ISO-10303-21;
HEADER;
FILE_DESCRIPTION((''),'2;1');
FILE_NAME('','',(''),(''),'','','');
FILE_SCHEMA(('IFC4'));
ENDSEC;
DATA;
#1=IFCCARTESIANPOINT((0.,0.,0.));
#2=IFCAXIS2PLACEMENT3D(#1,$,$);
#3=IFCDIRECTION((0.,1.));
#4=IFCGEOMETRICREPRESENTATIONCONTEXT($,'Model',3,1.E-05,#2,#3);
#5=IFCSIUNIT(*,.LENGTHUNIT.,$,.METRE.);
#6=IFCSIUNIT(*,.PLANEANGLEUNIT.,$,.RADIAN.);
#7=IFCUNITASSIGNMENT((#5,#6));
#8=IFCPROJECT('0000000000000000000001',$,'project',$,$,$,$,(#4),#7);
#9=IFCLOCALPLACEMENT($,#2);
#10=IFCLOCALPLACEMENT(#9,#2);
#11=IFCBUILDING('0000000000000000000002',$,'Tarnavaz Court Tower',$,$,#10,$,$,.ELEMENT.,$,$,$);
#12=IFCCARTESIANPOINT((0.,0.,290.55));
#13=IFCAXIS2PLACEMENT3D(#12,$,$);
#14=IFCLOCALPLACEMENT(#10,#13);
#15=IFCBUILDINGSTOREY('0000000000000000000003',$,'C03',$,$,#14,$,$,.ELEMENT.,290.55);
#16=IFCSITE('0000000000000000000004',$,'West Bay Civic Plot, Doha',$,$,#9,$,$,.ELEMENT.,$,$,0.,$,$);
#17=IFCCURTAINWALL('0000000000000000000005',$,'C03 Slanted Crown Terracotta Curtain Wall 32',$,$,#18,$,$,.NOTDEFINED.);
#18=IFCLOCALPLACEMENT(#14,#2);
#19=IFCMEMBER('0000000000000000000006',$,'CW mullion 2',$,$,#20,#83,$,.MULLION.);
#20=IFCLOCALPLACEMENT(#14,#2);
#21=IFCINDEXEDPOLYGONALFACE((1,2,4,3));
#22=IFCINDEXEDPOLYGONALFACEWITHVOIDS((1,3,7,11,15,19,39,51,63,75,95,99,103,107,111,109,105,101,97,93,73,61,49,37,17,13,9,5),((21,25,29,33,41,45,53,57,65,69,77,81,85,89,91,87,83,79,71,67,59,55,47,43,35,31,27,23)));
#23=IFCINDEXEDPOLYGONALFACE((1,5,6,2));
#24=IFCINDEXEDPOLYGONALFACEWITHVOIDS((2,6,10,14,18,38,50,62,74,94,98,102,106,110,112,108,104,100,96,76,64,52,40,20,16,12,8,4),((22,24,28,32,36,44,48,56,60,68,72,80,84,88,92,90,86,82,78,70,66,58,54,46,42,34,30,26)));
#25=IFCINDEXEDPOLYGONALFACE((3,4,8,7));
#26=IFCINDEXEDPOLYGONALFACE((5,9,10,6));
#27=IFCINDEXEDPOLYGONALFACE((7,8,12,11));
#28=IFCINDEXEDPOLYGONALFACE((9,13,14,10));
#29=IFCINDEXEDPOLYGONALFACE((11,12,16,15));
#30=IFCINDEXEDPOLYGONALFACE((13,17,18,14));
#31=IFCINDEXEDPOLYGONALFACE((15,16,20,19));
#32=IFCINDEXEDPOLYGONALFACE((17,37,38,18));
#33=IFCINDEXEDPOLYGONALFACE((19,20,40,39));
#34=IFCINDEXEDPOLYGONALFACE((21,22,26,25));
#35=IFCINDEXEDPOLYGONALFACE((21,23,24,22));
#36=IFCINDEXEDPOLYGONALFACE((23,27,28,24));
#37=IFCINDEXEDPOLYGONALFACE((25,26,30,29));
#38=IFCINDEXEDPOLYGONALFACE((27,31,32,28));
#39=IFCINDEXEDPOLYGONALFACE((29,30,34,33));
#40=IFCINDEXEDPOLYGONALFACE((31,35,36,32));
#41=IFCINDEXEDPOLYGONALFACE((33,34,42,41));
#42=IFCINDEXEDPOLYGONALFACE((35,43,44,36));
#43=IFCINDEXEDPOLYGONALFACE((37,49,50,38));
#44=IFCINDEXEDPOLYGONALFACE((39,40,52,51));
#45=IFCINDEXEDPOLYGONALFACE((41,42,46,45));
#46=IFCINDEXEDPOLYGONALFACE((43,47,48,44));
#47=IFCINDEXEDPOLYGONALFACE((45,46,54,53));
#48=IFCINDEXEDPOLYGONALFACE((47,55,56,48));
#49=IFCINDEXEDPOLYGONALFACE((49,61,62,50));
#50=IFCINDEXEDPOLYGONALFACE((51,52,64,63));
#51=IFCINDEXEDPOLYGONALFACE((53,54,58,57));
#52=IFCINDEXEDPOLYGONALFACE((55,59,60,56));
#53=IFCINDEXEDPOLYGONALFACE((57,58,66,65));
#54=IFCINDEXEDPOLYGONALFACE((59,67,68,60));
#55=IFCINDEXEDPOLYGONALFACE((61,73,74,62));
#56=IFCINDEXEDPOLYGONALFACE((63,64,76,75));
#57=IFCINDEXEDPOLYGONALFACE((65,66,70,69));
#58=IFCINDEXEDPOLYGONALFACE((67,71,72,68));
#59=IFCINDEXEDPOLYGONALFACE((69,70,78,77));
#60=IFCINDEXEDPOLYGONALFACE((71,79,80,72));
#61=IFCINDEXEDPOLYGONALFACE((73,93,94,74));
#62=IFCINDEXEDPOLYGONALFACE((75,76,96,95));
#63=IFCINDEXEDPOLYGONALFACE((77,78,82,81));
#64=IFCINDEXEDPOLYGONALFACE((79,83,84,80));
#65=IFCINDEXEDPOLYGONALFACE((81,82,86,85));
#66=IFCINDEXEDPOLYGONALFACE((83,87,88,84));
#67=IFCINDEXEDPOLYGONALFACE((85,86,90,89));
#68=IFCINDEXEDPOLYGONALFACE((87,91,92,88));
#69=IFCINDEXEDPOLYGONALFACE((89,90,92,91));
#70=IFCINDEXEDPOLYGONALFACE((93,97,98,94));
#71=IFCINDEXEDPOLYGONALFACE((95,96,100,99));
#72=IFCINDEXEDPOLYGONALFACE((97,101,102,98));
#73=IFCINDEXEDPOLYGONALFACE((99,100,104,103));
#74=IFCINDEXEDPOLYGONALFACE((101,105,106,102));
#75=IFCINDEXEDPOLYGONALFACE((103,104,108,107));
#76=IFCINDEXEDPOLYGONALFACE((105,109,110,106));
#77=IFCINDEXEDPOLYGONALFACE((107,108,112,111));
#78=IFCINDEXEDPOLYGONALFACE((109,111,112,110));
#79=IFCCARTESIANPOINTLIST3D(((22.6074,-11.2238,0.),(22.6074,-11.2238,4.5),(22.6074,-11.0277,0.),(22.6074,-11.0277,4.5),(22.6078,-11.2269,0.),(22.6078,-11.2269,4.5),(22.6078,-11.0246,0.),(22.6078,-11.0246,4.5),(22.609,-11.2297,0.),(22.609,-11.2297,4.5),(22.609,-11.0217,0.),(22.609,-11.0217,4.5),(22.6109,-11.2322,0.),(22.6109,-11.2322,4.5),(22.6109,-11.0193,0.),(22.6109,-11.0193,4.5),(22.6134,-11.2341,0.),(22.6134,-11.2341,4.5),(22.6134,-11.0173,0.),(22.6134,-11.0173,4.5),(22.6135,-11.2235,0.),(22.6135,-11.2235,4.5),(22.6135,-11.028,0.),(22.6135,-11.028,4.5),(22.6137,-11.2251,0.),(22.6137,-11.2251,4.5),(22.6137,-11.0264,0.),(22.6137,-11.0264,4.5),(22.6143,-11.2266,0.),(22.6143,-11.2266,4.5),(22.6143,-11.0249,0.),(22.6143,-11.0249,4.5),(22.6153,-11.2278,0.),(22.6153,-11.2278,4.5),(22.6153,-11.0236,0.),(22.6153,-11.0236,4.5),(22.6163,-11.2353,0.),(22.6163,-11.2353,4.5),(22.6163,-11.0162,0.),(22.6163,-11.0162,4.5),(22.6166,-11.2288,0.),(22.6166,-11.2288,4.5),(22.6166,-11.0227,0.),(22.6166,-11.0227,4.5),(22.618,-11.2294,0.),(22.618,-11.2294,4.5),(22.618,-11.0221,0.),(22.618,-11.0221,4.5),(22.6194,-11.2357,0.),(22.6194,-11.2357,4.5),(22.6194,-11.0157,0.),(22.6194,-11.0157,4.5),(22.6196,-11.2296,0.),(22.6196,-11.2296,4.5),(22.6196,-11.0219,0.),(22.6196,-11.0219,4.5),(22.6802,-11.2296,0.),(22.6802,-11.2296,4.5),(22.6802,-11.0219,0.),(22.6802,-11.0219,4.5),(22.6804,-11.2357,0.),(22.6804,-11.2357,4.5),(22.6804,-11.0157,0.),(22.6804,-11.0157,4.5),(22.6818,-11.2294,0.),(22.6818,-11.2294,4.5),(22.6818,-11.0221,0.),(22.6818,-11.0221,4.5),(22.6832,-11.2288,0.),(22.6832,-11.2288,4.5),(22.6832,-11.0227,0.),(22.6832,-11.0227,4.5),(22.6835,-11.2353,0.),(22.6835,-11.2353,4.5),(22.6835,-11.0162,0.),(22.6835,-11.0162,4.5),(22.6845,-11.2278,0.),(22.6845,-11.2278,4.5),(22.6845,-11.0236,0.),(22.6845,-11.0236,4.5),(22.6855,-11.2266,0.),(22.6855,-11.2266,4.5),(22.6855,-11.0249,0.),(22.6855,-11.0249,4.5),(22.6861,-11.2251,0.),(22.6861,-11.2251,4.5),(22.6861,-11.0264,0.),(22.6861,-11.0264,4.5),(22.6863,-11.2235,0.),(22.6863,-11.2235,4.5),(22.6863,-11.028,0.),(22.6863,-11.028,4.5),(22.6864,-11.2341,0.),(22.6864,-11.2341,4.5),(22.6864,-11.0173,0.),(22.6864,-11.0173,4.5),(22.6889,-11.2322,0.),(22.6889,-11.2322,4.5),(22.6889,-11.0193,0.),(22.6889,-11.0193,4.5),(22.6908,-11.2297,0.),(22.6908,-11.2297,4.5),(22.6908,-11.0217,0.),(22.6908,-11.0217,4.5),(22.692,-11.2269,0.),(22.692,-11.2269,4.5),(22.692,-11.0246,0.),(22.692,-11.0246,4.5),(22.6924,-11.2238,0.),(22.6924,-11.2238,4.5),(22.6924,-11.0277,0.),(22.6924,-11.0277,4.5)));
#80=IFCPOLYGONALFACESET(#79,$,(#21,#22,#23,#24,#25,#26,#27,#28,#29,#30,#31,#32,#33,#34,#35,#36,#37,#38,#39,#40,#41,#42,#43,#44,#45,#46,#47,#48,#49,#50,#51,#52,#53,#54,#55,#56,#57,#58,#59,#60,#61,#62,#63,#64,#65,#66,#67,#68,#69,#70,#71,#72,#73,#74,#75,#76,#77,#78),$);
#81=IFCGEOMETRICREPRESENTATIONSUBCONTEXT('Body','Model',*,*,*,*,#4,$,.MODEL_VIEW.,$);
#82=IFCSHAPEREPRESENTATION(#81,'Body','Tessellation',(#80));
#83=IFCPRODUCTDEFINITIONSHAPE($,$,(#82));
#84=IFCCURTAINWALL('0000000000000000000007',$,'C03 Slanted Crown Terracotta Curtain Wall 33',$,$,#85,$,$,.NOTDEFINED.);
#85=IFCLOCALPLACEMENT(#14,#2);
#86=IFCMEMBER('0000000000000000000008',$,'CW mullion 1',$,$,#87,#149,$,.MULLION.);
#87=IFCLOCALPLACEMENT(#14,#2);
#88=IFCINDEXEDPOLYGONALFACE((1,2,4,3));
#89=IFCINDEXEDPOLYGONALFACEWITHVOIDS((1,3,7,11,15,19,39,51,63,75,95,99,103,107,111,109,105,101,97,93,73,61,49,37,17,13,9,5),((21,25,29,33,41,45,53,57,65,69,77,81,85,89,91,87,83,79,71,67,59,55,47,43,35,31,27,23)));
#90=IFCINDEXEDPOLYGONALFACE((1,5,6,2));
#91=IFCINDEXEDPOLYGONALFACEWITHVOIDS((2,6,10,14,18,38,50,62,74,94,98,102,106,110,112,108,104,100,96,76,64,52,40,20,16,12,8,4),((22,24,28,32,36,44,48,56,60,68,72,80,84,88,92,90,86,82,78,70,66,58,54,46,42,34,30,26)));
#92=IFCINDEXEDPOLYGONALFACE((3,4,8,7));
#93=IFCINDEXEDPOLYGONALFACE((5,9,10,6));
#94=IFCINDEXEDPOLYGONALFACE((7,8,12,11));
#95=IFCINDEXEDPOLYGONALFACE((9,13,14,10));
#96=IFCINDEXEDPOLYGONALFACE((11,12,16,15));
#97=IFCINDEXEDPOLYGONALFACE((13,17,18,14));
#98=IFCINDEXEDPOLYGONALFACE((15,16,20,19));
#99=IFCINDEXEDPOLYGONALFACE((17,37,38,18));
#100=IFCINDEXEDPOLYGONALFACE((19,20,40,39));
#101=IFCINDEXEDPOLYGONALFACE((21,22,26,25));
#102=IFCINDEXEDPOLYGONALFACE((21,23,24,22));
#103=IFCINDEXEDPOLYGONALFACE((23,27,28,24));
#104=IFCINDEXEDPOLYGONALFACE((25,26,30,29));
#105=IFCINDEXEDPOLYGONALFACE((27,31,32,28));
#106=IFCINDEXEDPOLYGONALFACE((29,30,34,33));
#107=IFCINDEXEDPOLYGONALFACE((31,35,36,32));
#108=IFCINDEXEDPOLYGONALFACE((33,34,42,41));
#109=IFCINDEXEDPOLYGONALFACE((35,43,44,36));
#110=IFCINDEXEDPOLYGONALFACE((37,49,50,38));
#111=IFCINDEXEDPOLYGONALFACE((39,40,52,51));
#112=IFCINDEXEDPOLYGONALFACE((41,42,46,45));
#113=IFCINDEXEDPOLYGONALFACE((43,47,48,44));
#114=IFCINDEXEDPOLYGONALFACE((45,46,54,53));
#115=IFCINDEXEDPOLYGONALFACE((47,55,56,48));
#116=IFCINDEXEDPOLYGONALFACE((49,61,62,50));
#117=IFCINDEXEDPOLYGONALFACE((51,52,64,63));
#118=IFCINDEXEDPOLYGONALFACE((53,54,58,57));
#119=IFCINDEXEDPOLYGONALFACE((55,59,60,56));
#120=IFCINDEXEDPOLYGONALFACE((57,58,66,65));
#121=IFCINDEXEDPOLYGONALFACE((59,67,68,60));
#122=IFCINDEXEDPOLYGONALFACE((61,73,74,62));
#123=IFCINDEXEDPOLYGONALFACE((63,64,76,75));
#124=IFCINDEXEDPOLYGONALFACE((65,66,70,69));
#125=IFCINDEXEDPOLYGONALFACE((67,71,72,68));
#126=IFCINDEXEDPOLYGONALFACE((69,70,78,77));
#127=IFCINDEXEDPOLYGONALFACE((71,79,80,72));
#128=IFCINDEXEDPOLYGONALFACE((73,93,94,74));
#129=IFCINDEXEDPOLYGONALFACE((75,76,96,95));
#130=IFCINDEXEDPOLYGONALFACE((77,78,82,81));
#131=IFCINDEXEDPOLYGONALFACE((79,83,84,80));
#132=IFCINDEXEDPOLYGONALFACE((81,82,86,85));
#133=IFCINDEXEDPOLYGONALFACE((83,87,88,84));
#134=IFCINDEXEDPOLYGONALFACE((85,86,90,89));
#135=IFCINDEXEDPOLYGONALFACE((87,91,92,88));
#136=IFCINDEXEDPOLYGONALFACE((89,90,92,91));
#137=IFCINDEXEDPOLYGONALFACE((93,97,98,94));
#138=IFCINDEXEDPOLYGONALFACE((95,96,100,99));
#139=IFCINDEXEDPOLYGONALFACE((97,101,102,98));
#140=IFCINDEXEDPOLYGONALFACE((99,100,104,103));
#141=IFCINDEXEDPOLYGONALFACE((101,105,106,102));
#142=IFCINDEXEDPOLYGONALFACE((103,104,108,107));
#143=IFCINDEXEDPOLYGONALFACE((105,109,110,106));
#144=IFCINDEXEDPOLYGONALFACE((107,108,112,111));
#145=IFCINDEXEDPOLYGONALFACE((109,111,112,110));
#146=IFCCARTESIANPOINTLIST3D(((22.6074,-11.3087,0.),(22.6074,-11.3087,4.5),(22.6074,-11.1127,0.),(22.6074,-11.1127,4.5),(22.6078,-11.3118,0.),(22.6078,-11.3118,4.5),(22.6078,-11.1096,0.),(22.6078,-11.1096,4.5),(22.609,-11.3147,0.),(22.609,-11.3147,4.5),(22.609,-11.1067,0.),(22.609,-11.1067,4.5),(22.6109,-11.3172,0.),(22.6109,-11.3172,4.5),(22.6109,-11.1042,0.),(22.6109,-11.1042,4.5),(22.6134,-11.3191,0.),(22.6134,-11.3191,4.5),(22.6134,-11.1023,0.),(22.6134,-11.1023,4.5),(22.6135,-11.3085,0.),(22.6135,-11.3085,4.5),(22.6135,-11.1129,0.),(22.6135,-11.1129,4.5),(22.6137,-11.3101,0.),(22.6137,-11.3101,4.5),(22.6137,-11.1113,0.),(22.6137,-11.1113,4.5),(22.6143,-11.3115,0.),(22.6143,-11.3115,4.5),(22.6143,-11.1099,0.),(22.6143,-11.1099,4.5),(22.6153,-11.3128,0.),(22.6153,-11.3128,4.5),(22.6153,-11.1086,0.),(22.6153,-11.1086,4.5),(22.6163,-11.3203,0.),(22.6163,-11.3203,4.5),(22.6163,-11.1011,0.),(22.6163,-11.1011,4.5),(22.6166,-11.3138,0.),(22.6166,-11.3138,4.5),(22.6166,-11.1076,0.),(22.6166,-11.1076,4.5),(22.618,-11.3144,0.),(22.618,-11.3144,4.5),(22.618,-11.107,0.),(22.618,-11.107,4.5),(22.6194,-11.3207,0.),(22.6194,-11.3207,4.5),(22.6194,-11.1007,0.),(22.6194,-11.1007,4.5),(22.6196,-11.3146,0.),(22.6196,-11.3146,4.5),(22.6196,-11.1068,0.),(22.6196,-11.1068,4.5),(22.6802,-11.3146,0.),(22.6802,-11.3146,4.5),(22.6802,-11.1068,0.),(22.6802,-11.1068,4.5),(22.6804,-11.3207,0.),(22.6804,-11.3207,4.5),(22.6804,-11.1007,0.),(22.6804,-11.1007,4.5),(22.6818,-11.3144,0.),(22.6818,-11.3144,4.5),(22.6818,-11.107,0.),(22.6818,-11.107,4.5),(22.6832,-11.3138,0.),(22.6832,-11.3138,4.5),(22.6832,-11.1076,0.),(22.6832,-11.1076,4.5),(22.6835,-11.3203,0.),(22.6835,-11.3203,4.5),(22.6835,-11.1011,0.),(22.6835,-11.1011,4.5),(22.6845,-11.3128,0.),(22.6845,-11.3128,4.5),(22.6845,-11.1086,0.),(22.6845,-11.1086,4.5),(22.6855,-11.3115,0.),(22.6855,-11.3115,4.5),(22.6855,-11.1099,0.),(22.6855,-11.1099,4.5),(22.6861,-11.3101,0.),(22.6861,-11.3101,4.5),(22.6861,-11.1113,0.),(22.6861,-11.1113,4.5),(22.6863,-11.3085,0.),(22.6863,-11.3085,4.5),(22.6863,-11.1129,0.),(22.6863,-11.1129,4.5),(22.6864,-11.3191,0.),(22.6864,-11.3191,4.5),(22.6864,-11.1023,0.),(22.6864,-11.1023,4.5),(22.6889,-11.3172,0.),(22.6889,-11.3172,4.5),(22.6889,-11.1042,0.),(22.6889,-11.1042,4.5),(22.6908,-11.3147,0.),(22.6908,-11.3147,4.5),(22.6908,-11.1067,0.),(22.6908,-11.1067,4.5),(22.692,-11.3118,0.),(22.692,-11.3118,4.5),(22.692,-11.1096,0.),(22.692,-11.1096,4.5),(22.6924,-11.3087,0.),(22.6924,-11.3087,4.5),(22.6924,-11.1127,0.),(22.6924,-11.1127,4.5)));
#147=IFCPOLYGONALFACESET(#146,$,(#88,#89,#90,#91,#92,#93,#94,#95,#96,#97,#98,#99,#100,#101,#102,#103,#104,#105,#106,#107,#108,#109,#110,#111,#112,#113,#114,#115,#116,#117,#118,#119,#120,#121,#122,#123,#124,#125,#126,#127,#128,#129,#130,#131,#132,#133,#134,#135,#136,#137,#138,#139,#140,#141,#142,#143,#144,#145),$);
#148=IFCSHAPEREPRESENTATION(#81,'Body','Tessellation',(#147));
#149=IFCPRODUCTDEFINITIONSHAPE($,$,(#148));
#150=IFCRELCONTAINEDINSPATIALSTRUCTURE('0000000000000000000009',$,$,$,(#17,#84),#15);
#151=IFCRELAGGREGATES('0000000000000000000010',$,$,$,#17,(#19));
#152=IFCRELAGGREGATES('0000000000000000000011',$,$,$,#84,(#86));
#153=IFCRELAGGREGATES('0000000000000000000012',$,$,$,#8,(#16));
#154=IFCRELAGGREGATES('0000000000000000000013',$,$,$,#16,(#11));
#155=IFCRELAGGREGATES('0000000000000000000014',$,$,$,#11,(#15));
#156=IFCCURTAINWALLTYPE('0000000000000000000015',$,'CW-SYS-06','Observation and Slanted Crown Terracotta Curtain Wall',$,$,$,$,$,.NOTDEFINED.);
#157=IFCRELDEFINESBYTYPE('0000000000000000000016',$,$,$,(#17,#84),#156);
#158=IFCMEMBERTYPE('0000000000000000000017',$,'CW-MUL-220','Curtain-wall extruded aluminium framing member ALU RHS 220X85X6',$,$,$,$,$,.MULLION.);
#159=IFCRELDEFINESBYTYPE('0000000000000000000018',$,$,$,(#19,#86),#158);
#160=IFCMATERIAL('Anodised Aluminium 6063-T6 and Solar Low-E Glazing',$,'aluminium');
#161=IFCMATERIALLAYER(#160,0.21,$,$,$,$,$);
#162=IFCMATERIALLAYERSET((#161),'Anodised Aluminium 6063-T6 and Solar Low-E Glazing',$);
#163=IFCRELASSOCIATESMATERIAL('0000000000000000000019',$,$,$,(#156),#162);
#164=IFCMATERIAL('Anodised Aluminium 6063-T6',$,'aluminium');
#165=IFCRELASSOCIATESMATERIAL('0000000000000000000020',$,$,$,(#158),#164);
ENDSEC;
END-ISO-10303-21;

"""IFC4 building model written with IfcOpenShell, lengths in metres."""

from ifc_helpers import new_model, si_unit, direction, frame, origin, origin_2d, place, context, subcontext, project, spatial, hollow_rectangle, extrude, material, layer, layer_set, material_profile, profile_set, type_object, element, aggregate, save


model = new_model("IFC4")

# Units and contexts
model_context = context("Model", 3, precision=1e-05, world=origin(), true_north=direction((0.0, 1.0)))
body_context = subcontext(model_context, "Body", "Model", "MODEL_VIEW")
ifc_project = project(units=[si_unit("LENGTHUNIT", "METRE"), si_unit("PLANEANGLEUNIT", "RADIAN")], contexts=[model_context])

# Site, building, storey
site_placement = place(None, origin())
site = spatial("IfcSite", under=ifc_project, at=site_placement, Name="West Bay Civic Plot, Doha", CompositionType="ELEMENT", RefElevation=0.0)
building_placement = place(site_placement, origin())
building = spatial("IfcBuilding", under=site, at=building_placement, Name="Tarnavaz Court Tower", CompositionType="ELEMENT")
storey_placement = place(building_placement, frame((0.0, 0.0, 290.55)))
storey = spatial("IfcBuildingStorey", under=building, at=storey_placement, Name="C03", CompositionType="ELEMENT", Elevation=290.55)

# Shared definitions
ifc_material_1 = material(Name="Anodised Aluminium 6063-T6 and Solar Low-E Glazing", Category="aluminium")
ifc_layer_1 = layer(ifc_material_1, 0.21)
ifc_layer_set_1 = layer_set([ifc_layer_1], Name="Anodised Aluminium 6063-T6 and Solar Low-E Glazing")
curtain_wall_type = type_object("IfcCurtainWallType", Name="CW-SYS-06", Description="Observation and Slanted Crown Terracotta Curtain Wall", PredefinedType="NOTDEFINED", material=ifc_layer_set_1)
ifc_material_2 = material(Name="Anodised Aluminium 6063-T6", Category="aluminium")
ifc_material_profile_1 = material_profile(ifc_material_2, hollow_rectangle(XDim=0.085, YDim=0.22, WallThickness=0.0061, InnerFilletRadius=0.0061, OuterFilletRadius=0.012, at=origin_2d()), Name="ALU RHS 220X85X6")
ifc_profile_set_1 = profile_set([ifc_material_profile_1], Name="Anodised Aluminium 6063-T6")
member_type_1 = type_object("IfcMemberType", Name="CW-MUL-220", Description="Curtain-wall extruded aluminium framing member ALU RHS 220X85X6", PredefinedType="MULLION", material=ifc_profile_set_1)

# Curtain walls, members
curtain_wall_1_placement = place(storey_placement, origin())
curtain_wall_1 = element("IfcCurtainWall", 1, at=curtain_wall_1_placement, inside=storey, type_object=curtain_wall_type, Name="C03 Slanted Crown Terracotta Curtain Wall 32", PredefinedType="NOTDEFINED")
member_1_placement = place(storey_placement, frame((22.6499, -11.1257, 0.0), z_axis=(0.0, 0.0, 1.0), x_axis=(1.0, 0.0, 0.0)))
member_1 = element("IfcMember", 2, at=member_1_placement, type_object=member_type_1, Name="CW mullion 2", PredefinedType="MULLION", context=body_context, shape_type="SweptSolid", body=[
    extrude(hollow_rectangle(XDim=0.085, YDim=0.22, WallThickness=0.0061, InnerFilletRadius=0.0061, OuterFilletRadius=0.012, at=origin_2d()), origin(), (0.0, 0.0, 1.0), 4.5),
])
curtain_wall_2_placement = place(storey_placement, origin())
curtain_wall_2 = element("IfcCurtainWall", 3, at=curtain_wall_2_placement, inside=storey, type_object=curtain_wall_type, Name="C03 Slanted Crown Terracotta Curtain Wall 33", PredefinedType="NOTDEFINED")
member_2_placement = place(storey_placement, frame((22.6499, -11.2107, 0.0), z_axis=(0.0, 0.0, 1.0), x_axis=(1.0, 0.0, 0.0)))
member_2 = element("IfcMember", 4, at=member_2_placement, type_object=member_type_1, Name="CW mullion 1", PredefinedType="MULLION", context=body_context, shape_type="SweptSolid", body=[
    extrude(hollow_rectangle(XDim=0.085, YDim=0.22, WallThickness=0.0061, InnerFilletRadius=0.0061, OuterFilletRadius=0.012, at=origin_2d()), origin(), (0.0, 0.0, 1.0), 4.5),
])

aggregate(curtain_wall_1, [member_1])
aggregate(curtain_wall_2, [member_2])

save(model, "model.ifc")
